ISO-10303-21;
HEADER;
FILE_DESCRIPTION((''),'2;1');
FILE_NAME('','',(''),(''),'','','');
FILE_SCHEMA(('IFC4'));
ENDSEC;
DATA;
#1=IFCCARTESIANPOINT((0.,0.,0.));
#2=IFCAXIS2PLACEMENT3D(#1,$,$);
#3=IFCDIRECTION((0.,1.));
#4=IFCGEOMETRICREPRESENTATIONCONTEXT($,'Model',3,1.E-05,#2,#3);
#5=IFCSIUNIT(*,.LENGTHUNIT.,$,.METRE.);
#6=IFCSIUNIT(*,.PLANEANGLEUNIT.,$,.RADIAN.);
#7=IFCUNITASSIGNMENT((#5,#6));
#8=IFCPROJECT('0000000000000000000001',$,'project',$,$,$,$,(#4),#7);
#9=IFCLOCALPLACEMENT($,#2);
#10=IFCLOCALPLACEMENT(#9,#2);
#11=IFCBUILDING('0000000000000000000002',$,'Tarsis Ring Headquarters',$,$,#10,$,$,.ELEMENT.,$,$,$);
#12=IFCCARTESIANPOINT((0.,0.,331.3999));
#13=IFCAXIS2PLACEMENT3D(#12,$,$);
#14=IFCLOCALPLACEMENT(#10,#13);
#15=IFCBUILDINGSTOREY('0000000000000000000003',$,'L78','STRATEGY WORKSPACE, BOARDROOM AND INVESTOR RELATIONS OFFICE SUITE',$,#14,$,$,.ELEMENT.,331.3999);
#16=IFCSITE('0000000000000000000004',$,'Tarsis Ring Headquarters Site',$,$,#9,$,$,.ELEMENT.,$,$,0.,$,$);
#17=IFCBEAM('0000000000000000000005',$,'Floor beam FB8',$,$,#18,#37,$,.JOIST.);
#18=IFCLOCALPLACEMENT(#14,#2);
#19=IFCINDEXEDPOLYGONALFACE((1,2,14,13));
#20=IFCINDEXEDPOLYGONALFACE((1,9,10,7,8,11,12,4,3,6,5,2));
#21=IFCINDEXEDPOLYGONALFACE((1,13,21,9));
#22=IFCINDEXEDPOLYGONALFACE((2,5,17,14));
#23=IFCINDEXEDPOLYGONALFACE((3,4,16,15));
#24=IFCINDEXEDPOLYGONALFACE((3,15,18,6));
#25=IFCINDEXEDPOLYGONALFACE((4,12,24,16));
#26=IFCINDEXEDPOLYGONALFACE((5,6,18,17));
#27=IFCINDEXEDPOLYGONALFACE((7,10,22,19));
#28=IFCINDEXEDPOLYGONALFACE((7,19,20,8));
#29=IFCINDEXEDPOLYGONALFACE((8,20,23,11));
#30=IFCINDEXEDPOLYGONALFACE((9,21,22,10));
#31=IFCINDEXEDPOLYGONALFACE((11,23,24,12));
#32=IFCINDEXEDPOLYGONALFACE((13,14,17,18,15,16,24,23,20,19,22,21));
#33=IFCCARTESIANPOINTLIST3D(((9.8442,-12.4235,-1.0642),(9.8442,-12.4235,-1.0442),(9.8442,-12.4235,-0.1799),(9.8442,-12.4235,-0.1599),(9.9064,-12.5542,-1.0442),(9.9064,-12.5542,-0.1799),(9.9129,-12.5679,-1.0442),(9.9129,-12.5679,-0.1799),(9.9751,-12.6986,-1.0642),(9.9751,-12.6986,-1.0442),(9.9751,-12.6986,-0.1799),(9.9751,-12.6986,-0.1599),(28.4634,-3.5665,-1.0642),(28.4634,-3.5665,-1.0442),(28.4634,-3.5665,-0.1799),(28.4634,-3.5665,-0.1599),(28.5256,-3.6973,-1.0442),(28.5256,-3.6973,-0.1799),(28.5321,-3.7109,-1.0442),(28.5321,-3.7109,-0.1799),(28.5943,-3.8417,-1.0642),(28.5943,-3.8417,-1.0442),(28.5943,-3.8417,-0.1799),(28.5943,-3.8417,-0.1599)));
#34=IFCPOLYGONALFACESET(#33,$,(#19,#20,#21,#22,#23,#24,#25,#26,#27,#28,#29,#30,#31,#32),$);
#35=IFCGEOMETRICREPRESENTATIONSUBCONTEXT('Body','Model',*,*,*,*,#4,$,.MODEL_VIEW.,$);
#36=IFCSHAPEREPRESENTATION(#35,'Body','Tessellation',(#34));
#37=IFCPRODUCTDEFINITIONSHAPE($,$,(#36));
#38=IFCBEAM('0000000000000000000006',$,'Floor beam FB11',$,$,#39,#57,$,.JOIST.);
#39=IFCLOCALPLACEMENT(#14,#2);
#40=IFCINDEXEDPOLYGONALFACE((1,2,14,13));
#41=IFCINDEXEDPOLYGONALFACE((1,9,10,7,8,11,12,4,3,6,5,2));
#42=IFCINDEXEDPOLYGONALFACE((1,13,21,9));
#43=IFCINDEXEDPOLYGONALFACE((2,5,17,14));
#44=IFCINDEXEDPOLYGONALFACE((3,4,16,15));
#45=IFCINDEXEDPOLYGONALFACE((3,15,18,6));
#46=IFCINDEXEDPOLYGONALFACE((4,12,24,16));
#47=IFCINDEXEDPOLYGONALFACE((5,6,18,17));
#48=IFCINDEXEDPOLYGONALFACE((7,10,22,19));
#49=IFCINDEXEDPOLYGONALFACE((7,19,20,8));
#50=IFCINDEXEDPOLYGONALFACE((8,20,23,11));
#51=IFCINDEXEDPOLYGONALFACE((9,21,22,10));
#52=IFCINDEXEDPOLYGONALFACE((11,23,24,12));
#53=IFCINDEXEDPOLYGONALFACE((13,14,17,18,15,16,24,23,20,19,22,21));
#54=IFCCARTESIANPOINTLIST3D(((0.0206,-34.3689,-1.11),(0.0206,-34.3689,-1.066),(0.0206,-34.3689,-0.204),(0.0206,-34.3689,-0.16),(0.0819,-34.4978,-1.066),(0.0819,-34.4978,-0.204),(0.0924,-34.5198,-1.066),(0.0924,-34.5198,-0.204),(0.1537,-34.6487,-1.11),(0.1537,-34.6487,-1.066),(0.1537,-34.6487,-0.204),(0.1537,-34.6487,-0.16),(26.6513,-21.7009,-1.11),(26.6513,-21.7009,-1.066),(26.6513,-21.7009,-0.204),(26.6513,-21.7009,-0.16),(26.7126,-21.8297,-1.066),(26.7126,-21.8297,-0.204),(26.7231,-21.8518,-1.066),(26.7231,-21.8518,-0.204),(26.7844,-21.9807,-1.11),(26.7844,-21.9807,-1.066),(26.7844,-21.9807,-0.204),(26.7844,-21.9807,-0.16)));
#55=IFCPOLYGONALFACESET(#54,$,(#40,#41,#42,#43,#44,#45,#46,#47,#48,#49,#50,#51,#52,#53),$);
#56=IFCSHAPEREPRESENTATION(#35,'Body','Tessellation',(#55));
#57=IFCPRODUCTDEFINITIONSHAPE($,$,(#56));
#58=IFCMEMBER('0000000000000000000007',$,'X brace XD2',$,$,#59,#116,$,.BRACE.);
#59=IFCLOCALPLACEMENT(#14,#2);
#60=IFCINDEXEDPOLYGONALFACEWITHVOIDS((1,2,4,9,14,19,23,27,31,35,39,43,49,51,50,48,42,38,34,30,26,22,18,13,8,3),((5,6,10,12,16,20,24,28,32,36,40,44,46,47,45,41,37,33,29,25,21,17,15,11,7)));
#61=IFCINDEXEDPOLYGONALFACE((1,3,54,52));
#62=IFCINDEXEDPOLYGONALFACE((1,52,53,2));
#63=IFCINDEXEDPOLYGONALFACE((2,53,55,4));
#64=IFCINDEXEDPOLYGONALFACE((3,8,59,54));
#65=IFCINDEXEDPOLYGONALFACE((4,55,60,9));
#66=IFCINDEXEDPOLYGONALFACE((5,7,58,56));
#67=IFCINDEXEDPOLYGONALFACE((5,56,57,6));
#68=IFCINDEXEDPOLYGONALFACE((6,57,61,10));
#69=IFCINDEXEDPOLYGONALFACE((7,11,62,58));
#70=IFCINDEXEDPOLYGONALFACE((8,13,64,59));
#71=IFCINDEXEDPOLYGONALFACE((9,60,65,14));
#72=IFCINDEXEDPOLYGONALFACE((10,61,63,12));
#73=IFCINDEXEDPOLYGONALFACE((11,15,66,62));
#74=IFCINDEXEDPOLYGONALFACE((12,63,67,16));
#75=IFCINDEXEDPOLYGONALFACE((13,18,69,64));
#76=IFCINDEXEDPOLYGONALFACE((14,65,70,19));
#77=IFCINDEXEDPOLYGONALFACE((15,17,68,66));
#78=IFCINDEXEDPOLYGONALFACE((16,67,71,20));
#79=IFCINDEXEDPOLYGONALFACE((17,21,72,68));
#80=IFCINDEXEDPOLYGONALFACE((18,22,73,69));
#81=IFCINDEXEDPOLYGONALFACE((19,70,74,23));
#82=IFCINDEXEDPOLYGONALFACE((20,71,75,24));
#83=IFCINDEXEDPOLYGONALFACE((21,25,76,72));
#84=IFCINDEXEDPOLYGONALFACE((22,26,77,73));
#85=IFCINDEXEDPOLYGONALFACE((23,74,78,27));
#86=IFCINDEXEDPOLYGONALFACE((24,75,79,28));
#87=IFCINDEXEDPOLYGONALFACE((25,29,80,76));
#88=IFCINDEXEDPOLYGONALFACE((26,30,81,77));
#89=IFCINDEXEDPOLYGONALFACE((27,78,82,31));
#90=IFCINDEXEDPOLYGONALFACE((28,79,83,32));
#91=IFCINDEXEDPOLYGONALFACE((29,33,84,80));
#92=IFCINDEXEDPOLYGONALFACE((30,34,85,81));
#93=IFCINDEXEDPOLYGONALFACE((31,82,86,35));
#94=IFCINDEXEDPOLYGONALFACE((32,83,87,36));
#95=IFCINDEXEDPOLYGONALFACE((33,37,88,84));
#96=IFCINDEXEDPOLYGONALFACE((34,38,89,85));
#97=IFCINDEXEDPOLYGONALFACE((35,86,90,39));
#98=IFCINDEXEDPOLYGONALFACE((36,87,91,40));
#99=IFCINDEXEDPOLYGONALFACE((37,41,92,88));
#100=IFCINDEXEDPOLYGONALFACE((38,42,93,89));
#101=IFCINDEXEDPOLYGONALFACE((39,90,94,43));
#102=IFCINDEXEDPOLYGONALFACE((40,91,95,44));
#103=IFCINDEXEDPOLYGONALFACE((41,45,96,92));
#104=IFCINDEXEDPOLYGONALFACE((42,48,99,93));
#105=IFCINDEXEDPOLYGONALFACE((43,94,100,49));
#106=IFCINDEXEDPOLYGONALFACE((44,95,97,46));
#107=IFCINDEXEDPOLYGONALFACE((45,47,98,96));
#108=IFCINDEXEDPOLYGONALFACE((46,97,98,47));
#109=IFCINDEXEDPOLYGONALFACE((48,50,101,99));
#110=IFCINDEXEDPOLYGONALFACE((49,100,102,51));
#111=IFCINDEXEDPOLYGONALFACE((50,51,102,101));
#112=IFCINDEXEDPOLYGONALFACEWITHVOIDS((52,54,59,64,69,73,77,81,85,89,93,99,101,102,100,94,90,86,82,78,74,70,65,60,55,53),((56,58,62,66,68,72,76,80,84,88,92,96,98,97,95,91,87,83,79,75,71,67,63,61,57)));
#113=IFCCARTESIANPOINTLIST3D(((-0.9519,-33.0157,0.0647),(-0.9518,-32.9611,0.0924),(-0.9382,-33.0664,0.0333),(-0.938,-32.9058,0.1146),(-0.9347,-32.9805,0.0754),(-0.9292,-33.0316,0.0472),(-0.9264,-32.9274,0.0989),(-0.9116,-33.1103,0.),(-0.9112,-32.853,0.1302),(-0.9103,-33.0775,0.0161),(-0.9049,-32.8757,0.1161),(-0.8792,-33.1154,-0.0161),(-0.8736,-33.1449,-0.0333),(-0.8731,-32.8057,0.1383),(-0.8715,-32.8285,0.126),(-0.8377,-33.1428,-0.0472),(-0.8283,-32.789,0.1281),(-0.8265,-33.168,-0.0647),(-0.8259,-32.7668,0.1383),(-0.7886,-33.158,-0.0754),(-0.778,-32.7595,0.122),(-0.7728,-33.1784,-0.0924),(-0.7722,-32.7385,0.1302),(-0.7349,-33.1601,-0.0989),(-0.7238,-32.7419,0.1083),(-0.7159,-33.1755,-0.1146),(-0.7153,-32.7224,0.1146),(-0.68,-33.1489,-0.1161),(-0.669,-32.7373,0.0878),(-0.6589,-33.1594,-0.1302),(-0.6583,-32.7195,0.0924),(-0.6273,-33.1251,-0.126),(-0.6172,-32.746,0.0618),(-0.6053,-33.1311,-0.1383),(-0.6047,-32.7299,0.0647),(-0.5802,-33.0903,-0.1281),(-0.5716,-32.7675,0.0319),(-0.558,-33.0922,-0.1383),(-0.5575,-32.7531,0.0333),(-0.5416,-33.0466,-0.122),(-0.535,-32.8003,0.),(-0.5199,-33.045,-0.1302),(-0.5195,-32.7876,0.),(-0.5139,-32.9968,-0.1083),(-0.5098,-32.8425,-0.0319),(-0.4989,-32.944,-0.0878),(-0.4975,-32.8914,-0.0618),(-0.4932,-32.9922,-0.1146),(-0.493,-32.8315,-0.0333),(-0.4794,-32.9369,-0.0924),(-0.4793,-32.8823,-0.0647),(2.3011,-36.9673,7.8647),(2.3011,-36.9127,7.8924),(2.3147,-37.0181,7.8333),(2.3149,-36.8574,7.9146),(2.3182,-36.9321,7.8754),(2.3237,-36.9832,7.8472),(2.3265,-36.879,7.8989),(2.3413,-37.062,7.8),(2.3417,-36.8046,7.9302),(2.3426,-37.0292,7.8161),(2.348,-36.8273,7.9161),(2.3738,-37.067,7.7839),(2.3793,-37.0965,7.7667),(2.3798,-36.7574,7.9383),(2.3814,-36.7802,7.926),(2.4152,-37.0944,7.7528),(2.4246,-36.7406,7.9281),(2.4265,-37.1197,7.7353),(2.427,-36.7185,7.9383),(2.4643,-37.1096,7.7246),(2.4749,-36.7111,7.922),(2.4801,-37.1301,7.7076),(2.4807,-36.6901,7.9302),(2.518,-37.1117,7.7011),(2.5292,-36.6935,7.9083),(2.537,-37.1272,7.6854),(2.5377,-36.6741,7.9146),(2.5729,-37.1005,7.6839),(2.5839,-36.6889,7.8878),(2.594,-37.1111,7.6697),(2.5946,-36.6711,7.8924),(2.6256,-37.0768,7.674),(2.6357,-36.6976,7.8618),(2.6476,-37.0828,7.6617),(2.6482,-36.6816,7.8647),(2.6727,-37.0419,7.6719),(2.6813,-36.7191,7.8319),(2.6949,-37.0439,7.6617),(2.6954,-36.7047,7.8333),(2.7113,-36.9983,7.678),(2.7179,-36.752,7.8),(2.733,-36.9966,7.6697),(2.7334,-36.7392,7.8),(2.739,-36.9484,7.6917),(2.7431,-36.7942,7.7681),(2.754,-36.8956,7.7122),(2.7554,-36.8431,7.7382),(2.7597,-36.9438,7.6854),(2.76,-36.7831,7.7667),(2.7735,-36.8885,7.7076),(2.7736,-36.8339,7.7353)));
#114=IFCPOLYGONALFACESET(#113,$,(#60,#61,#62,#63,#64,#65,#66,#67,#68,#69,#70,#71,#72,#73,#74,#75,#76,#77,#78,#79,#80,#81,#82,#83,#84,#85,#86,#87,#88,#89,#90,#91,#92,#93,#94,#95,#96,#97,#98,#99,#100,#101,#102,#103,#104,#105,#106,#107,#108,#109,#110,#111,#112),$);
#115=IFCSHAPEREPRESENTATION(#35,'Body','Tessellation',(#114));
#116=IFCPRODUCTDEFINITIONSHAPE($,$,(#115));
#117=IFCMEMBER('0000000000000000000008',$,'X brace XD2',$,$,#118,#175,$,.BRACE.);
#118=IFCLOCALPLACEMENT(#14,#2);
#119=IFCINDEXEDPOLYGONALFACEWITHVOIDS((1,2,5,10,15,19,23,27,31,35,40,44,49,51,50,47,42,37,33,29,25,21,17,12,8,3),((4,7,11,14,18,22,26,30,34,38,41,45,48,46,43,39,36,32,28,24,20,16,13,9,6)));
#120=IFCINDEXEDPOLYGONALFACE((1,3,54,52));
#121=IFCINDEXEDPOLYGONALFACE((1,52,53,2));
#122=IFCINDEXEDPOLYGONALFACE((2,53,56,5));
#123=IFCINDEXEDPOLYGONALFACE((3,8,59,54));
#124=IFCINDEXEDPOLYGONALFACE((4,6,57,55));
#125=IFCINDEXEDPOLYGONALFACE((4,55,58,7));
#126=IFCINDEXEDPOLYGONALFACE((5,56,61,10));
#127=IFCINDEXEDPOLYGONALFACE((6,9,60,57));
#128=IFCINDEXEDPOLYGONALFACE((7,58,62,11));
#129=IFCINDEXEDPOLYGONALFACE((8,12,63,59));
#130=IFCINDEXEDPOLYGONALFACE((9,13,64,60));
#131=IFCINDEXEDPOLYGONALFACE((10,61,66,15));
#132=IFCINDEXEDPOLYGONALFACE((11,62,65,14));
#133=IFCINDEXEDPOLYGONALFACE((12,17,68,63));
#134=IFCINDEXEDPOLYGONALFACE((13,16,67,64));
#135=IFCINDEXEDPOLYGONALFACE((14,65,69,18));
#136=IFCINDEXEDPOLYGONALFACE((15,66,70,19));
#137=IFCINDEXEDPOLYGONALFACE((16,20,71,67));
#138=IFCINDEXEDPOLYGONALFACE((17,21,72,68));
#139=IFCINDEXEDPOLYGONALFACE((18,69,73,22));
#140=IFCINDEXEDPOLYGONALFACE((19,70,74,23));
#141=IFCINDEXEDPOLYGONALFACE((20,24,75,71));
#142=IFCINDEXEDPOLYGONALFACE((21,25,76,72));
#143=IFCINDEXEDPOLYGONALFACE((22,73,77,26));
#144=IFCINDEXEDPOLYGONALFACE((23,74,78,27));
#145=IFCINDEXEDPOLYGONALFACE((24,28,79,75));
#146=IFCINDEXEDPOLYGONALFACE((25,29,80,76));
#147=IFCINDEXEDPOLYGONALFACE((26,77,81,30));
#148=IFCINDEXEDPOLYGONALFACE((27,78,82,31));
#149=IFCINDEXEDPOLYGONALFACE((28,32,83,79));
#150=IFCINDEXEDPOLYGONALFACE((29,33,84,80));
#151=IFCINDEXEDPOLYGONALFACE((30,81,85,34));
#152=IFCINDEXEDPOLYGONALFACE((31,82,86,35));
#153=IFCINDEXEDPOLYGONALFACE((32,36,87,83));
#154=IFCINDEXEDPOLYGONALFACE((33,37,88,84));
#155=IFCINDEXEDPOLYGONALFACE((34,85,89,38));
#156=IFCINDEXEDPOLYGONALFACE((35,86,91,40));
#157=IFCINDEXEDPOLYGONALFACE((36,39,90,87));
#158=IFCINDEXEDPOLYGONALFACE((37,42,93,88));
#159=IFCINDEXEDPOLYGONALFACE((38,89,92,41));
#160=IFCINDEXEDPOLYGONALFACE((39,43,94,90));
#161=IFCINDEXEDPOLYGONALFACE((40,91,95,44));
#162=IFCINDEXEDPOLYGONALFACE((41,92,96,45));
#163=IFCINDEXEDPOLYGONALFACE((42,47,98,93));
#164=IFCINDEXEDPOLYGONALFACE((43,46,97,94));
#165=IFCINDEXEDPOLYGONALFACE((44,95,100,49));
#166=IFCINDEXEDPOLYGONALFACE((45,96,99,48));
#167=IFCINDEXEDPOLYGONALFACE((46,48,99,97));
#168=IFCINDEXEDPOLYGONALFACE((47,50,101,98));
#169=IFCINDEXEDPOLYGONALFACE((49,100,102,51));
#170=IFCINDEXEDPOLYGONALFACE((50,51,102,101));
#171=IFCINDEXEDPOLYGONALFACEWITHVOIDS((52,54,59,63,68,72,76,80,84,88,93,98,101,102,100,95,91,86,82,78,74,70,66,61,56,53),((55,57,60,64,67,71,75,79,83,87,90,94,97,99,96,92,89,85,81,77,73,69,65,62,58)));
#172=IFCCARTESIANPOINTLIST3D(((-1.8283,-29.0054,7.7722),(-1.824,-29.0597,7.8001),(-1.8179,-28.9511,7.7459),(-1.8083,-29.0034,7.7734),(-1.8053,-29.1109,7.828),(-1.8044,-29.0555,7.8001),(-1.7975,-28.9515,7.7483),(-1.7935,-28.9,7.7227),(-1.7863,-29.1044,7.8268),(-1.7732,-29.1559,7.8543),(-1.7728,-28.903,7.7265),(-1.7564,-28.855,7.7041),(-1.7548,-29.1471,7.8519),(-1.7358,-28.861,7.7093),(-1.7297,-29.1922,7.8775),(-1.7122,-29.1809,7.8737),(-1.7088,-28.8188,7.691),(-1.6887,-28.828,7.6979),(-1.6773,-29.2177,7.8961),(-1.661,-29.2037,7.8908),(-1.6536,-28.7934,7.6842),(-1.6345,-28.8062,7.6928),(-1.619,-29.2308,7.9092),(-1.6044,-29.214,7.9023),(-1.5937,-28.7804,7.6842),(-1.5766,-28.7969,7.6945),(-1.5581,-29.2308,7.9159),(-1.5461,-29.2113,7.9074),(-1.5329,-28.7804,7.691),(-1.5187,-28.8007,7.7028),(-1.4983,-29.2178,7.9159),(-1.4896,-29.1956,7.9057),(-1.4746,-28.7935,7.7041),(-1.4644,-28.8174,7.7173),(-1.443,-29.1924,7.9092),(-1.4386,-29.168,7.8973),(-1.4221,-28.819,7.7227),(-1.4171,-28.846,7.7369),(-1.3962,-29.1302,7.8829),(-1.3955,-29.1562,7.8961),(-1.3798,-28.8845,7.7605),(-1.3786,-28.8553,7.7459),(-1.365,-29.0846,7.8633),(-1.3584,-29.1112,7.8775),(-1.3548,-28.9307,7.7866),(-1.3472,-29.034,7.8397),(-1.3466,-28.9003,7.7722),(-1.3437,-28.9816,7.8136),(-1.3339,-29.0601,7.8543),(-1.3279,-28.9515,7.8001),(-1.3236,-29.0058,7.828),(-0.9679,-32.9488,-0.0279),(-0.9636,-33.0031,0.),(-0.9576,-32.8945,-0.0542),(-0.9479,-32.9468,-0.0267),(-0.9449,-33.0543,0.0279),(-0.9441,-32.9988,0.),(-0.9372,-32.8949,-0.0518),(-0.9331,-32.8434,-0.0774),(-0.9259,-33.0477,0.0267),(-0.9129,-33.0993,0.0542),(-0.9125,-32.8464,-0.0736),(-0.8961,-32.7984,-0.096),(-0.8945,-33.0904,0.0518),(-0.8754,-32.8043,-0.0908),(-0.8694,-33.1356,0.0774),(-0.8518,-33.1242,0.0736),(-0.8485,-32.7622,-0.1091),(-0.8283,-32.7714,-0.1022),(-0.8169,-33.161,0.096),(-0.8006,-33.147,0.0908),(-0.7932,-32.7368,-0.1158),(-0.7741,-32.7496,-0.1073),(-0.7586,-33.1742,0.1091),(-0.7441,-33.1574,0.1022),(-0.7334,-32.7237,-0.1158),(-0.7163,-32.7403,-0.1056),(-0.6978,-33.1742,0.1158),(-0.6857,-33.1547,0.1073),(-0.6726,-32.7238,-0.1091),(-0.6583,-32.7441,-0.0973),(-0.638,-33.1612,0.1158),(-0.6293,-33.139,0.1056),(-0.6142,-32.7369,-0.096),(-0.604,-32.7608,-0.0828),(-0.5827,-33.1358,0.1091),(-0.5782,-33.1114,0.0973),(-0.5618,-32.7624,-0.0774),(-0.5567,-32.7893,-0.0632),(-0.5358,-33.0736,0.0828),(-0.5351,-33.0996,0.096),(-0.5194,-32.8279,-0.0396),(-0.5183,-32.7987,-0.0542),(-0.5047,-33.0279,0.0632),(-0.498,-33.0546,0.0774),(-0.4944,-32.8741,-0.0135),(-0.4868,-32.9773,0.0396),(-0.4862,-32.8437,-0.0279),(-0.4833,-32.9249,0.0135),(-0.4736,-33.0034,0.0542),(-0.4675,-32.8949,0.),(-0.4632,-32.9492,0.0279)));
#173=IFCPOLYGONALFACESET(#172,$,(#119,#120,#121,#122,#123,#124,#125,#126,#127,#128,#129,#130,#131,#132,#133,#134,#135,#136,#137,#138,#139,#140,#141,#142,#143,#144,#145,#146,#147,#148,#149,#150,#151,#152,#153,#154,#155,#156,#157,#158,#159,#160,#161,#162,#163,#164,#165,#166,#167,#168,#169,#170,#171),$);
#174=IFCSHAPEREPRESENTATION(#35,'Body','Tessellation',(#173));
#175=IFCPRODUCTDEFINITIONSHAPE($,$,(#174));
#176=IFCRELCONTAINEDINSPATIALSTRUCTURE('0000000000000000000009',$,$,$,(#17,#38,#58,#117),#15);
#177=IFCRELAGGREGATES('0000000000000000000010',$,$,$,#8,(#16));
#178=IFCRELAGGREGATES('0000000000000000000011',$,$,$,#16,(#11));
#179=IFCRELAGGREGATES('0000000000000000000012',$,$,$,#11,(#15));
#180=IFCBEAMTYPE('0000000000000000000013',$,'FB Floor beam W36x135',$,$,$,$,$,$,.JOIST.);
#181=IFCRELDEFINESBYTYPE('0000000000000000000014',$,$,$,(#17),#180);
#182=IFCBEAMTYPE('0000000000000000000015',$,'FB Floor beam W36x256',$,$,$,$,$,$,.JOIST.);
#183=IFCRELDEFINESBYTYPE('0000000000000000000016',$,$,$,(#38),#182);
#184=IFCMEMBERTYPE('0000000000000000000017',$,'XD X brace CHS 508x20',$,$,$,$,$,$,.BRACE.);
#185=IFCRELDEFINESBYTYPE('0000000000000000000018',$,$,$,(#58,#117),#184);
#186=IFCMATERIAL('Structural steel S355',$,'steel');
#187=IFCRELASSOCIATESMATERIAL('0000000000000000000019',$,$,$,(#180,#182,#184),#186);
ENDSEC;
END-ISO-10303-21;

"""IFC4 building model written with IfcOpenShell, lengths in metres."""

from ifc_helpers import new_model, si_unit, direction, frame, origin, origin_2d, place, context, subcontext, project, spatial, hollow_circle, i_section, extrude, material, material_profile, profile_set, type_object, element, save


model = new_model("IFC4")

# Units and contexts
model_context = context("Model", 3, precision=1e-05, world=origin(), true_north=direction((0.0, 1.0)))
body_context = subcontext(model_context, "Body", "Model", "MODEL_VIEW")
ifc_project = project(units=[si_unit("LENGTHUNIT", "METRE"), si_unit("PLANEANGLEUNIT", "RADIAN")], contexts=[model_context])

# Site, building, storey
site_placement = place(None, origin())
site = spatial("IfcSite", under=ifc_project, at=site_placement, Name="Tarsis Ring Headquarters Site", CompositionType="ELEMENT", RefElevation=0.0)
building_placement = place(site_placement, origin())
building = spatial("IfcBuilding", under=site, at=building_placement, Name="Tarsis Ring Headquarters", CompositionType="ELEMENT")
storey_placement = place(building_placement, frame((0.0, 0.0, 331.3999)))
storey = spatial("IfcBuildingStorey", under=building, at=storey_placement, Name="L78", Description="STRATEGY WORKSPACE, BOARDROOM AND INVESTOR RELATIONS OFFICE SUITE", CompositionType="ELEMENT", Elevation=331.3999)

# Beams
ifc_material_1 = material(Name="Structural steel S355", Category="steel")
ifc_material_profile_1 = material_profile(ifc_material_1, i_section(OverallWidth=0.3047, OverallDepth=0.9043, WebThickness=0.0151, FlangeThickness=0.02, at=origin_2d()), Name="W36x135")
ifc_profile_set_1 = profile_set([ifc_material_profile_1], Name="Structural steel S355")
beam_type_1 = type_object("IfcBeamType", Name="FB Floor beam W36x135", PredefinedType="JOIST", material=ifc_profile_set_1)
beam_1_placement = place(storey_placement, frame((9.9097, -12.561, -0.6121), z_axis=(0.903036, 0.429565, 0.0), x_axis=(-0.429565, 0.903036, 0.0)))
element("IfcBeam", 1, at=beam_1_placement, inside=storey, type_object=beam_type_1, Name="Floor beam FB8", PredefinedType="JOIST", context=body_context, shape_type="SweptSolid", body=[
    extrude(i_section(OverallWidth=0.3047, OverallDepth=0.9043, WebThickness=0.0151, FlangeThickness=0.02, at=origin_2d()), origin(), (0.0, 0.0, 1.0), 20.6184),
])
ifc_material_profile_2 = material_profile(ifc_material_1, i_section(OverallWidth=0.3098, OverallDepth=0.95, WebThickness=0.0244, FlangeThickness=0.0439, at=origin_2d()), Name="W36x256")
ifc_profile_set_2 = profile_set([ifc_material_profile_2], Name="Structural steel S355")
beam_type_2 = type_object("IfcBeamType", Name="FB Floor beam W36x256", PredefinedType="JOIST", material=ifc_profile_set_2)
beam_2_placement = place(storey_placement, frame((0.0872, -34.5088, -0.635), z_axis=(0.903035, 0.429567, 0.0), x_axis=(-0.429567, 0.903035, 0.0)))
element("IfcBeam", 2, at=beam_2_placement, inside=storey, type_object=beam_type_2, Name="Floor beam FB11", PredefinedType="JOIST", context=body_context, shape_type="SweptSolid", body=[
    extrude(i_section(OverallWidth=0.3098, OverallDepth=0.95, WebThickness=0.0244, FlangeThickness=0.0439, at=origin_2d()), origin(), (0.0, 0.0, 1.0), 29.4902),
])

# Members
ifc_material_profile_3 = material_profile(ifc_material_1, hollow_circle(Radius=0.2539, WallThickness=0.02, at=origin_2d()), Name="CHS 508x20")
ifc_profile_set_3 = profile_set([ifc_material_profile_3], Name="Structural steel S355")
member_type = type_object("IfcMemberType", Name="XD X brace CHS 508x20", PredefinedType="BRACE", material=ifc_profile_set_3)
member_1_placement = place(storey_placement, frame((-0.7156, -32.949, 0.0), z_axis=(0.348675, -0.42357, 0.836071), x_axis=(0.772062, 0.635547, 0.0)))
element("IfcMember", 3, at=member_1_placement, inside=storey, type_object=member_type, Name="X brace XD2", PredefinedType="BRACE", context=body_context, shape_type="SweptSolid", body=[
    extrude(hollow_circle(Radius=0.2539, WallThickness=0.02, at=origin_2d()), origin(), (0.0, 0.0, 1.0), 9.3293),
])
member_2_placement = place(storey_placement, frame((-0.7156, -32.949, 0.0), z_axis=(-0.097963, 0.449006, 0.888143), x_axis=(-0.977017, -0.213163, 0.0)))
element("IfcMember", 4, at=member_2_placement, inside=storey, type_object=member_type, Name="X brace XD2", PredefinedType="BRACE", context=body_context, shape_type="SweptSolid", body=[
    extrude(hollow_circle(Radius=0.2539, WallThickness=0.02, at=origin_2d()), origin(), (0.0, 0.0, 1.0), 8.7825),
])

save(model, "model.ifc")
